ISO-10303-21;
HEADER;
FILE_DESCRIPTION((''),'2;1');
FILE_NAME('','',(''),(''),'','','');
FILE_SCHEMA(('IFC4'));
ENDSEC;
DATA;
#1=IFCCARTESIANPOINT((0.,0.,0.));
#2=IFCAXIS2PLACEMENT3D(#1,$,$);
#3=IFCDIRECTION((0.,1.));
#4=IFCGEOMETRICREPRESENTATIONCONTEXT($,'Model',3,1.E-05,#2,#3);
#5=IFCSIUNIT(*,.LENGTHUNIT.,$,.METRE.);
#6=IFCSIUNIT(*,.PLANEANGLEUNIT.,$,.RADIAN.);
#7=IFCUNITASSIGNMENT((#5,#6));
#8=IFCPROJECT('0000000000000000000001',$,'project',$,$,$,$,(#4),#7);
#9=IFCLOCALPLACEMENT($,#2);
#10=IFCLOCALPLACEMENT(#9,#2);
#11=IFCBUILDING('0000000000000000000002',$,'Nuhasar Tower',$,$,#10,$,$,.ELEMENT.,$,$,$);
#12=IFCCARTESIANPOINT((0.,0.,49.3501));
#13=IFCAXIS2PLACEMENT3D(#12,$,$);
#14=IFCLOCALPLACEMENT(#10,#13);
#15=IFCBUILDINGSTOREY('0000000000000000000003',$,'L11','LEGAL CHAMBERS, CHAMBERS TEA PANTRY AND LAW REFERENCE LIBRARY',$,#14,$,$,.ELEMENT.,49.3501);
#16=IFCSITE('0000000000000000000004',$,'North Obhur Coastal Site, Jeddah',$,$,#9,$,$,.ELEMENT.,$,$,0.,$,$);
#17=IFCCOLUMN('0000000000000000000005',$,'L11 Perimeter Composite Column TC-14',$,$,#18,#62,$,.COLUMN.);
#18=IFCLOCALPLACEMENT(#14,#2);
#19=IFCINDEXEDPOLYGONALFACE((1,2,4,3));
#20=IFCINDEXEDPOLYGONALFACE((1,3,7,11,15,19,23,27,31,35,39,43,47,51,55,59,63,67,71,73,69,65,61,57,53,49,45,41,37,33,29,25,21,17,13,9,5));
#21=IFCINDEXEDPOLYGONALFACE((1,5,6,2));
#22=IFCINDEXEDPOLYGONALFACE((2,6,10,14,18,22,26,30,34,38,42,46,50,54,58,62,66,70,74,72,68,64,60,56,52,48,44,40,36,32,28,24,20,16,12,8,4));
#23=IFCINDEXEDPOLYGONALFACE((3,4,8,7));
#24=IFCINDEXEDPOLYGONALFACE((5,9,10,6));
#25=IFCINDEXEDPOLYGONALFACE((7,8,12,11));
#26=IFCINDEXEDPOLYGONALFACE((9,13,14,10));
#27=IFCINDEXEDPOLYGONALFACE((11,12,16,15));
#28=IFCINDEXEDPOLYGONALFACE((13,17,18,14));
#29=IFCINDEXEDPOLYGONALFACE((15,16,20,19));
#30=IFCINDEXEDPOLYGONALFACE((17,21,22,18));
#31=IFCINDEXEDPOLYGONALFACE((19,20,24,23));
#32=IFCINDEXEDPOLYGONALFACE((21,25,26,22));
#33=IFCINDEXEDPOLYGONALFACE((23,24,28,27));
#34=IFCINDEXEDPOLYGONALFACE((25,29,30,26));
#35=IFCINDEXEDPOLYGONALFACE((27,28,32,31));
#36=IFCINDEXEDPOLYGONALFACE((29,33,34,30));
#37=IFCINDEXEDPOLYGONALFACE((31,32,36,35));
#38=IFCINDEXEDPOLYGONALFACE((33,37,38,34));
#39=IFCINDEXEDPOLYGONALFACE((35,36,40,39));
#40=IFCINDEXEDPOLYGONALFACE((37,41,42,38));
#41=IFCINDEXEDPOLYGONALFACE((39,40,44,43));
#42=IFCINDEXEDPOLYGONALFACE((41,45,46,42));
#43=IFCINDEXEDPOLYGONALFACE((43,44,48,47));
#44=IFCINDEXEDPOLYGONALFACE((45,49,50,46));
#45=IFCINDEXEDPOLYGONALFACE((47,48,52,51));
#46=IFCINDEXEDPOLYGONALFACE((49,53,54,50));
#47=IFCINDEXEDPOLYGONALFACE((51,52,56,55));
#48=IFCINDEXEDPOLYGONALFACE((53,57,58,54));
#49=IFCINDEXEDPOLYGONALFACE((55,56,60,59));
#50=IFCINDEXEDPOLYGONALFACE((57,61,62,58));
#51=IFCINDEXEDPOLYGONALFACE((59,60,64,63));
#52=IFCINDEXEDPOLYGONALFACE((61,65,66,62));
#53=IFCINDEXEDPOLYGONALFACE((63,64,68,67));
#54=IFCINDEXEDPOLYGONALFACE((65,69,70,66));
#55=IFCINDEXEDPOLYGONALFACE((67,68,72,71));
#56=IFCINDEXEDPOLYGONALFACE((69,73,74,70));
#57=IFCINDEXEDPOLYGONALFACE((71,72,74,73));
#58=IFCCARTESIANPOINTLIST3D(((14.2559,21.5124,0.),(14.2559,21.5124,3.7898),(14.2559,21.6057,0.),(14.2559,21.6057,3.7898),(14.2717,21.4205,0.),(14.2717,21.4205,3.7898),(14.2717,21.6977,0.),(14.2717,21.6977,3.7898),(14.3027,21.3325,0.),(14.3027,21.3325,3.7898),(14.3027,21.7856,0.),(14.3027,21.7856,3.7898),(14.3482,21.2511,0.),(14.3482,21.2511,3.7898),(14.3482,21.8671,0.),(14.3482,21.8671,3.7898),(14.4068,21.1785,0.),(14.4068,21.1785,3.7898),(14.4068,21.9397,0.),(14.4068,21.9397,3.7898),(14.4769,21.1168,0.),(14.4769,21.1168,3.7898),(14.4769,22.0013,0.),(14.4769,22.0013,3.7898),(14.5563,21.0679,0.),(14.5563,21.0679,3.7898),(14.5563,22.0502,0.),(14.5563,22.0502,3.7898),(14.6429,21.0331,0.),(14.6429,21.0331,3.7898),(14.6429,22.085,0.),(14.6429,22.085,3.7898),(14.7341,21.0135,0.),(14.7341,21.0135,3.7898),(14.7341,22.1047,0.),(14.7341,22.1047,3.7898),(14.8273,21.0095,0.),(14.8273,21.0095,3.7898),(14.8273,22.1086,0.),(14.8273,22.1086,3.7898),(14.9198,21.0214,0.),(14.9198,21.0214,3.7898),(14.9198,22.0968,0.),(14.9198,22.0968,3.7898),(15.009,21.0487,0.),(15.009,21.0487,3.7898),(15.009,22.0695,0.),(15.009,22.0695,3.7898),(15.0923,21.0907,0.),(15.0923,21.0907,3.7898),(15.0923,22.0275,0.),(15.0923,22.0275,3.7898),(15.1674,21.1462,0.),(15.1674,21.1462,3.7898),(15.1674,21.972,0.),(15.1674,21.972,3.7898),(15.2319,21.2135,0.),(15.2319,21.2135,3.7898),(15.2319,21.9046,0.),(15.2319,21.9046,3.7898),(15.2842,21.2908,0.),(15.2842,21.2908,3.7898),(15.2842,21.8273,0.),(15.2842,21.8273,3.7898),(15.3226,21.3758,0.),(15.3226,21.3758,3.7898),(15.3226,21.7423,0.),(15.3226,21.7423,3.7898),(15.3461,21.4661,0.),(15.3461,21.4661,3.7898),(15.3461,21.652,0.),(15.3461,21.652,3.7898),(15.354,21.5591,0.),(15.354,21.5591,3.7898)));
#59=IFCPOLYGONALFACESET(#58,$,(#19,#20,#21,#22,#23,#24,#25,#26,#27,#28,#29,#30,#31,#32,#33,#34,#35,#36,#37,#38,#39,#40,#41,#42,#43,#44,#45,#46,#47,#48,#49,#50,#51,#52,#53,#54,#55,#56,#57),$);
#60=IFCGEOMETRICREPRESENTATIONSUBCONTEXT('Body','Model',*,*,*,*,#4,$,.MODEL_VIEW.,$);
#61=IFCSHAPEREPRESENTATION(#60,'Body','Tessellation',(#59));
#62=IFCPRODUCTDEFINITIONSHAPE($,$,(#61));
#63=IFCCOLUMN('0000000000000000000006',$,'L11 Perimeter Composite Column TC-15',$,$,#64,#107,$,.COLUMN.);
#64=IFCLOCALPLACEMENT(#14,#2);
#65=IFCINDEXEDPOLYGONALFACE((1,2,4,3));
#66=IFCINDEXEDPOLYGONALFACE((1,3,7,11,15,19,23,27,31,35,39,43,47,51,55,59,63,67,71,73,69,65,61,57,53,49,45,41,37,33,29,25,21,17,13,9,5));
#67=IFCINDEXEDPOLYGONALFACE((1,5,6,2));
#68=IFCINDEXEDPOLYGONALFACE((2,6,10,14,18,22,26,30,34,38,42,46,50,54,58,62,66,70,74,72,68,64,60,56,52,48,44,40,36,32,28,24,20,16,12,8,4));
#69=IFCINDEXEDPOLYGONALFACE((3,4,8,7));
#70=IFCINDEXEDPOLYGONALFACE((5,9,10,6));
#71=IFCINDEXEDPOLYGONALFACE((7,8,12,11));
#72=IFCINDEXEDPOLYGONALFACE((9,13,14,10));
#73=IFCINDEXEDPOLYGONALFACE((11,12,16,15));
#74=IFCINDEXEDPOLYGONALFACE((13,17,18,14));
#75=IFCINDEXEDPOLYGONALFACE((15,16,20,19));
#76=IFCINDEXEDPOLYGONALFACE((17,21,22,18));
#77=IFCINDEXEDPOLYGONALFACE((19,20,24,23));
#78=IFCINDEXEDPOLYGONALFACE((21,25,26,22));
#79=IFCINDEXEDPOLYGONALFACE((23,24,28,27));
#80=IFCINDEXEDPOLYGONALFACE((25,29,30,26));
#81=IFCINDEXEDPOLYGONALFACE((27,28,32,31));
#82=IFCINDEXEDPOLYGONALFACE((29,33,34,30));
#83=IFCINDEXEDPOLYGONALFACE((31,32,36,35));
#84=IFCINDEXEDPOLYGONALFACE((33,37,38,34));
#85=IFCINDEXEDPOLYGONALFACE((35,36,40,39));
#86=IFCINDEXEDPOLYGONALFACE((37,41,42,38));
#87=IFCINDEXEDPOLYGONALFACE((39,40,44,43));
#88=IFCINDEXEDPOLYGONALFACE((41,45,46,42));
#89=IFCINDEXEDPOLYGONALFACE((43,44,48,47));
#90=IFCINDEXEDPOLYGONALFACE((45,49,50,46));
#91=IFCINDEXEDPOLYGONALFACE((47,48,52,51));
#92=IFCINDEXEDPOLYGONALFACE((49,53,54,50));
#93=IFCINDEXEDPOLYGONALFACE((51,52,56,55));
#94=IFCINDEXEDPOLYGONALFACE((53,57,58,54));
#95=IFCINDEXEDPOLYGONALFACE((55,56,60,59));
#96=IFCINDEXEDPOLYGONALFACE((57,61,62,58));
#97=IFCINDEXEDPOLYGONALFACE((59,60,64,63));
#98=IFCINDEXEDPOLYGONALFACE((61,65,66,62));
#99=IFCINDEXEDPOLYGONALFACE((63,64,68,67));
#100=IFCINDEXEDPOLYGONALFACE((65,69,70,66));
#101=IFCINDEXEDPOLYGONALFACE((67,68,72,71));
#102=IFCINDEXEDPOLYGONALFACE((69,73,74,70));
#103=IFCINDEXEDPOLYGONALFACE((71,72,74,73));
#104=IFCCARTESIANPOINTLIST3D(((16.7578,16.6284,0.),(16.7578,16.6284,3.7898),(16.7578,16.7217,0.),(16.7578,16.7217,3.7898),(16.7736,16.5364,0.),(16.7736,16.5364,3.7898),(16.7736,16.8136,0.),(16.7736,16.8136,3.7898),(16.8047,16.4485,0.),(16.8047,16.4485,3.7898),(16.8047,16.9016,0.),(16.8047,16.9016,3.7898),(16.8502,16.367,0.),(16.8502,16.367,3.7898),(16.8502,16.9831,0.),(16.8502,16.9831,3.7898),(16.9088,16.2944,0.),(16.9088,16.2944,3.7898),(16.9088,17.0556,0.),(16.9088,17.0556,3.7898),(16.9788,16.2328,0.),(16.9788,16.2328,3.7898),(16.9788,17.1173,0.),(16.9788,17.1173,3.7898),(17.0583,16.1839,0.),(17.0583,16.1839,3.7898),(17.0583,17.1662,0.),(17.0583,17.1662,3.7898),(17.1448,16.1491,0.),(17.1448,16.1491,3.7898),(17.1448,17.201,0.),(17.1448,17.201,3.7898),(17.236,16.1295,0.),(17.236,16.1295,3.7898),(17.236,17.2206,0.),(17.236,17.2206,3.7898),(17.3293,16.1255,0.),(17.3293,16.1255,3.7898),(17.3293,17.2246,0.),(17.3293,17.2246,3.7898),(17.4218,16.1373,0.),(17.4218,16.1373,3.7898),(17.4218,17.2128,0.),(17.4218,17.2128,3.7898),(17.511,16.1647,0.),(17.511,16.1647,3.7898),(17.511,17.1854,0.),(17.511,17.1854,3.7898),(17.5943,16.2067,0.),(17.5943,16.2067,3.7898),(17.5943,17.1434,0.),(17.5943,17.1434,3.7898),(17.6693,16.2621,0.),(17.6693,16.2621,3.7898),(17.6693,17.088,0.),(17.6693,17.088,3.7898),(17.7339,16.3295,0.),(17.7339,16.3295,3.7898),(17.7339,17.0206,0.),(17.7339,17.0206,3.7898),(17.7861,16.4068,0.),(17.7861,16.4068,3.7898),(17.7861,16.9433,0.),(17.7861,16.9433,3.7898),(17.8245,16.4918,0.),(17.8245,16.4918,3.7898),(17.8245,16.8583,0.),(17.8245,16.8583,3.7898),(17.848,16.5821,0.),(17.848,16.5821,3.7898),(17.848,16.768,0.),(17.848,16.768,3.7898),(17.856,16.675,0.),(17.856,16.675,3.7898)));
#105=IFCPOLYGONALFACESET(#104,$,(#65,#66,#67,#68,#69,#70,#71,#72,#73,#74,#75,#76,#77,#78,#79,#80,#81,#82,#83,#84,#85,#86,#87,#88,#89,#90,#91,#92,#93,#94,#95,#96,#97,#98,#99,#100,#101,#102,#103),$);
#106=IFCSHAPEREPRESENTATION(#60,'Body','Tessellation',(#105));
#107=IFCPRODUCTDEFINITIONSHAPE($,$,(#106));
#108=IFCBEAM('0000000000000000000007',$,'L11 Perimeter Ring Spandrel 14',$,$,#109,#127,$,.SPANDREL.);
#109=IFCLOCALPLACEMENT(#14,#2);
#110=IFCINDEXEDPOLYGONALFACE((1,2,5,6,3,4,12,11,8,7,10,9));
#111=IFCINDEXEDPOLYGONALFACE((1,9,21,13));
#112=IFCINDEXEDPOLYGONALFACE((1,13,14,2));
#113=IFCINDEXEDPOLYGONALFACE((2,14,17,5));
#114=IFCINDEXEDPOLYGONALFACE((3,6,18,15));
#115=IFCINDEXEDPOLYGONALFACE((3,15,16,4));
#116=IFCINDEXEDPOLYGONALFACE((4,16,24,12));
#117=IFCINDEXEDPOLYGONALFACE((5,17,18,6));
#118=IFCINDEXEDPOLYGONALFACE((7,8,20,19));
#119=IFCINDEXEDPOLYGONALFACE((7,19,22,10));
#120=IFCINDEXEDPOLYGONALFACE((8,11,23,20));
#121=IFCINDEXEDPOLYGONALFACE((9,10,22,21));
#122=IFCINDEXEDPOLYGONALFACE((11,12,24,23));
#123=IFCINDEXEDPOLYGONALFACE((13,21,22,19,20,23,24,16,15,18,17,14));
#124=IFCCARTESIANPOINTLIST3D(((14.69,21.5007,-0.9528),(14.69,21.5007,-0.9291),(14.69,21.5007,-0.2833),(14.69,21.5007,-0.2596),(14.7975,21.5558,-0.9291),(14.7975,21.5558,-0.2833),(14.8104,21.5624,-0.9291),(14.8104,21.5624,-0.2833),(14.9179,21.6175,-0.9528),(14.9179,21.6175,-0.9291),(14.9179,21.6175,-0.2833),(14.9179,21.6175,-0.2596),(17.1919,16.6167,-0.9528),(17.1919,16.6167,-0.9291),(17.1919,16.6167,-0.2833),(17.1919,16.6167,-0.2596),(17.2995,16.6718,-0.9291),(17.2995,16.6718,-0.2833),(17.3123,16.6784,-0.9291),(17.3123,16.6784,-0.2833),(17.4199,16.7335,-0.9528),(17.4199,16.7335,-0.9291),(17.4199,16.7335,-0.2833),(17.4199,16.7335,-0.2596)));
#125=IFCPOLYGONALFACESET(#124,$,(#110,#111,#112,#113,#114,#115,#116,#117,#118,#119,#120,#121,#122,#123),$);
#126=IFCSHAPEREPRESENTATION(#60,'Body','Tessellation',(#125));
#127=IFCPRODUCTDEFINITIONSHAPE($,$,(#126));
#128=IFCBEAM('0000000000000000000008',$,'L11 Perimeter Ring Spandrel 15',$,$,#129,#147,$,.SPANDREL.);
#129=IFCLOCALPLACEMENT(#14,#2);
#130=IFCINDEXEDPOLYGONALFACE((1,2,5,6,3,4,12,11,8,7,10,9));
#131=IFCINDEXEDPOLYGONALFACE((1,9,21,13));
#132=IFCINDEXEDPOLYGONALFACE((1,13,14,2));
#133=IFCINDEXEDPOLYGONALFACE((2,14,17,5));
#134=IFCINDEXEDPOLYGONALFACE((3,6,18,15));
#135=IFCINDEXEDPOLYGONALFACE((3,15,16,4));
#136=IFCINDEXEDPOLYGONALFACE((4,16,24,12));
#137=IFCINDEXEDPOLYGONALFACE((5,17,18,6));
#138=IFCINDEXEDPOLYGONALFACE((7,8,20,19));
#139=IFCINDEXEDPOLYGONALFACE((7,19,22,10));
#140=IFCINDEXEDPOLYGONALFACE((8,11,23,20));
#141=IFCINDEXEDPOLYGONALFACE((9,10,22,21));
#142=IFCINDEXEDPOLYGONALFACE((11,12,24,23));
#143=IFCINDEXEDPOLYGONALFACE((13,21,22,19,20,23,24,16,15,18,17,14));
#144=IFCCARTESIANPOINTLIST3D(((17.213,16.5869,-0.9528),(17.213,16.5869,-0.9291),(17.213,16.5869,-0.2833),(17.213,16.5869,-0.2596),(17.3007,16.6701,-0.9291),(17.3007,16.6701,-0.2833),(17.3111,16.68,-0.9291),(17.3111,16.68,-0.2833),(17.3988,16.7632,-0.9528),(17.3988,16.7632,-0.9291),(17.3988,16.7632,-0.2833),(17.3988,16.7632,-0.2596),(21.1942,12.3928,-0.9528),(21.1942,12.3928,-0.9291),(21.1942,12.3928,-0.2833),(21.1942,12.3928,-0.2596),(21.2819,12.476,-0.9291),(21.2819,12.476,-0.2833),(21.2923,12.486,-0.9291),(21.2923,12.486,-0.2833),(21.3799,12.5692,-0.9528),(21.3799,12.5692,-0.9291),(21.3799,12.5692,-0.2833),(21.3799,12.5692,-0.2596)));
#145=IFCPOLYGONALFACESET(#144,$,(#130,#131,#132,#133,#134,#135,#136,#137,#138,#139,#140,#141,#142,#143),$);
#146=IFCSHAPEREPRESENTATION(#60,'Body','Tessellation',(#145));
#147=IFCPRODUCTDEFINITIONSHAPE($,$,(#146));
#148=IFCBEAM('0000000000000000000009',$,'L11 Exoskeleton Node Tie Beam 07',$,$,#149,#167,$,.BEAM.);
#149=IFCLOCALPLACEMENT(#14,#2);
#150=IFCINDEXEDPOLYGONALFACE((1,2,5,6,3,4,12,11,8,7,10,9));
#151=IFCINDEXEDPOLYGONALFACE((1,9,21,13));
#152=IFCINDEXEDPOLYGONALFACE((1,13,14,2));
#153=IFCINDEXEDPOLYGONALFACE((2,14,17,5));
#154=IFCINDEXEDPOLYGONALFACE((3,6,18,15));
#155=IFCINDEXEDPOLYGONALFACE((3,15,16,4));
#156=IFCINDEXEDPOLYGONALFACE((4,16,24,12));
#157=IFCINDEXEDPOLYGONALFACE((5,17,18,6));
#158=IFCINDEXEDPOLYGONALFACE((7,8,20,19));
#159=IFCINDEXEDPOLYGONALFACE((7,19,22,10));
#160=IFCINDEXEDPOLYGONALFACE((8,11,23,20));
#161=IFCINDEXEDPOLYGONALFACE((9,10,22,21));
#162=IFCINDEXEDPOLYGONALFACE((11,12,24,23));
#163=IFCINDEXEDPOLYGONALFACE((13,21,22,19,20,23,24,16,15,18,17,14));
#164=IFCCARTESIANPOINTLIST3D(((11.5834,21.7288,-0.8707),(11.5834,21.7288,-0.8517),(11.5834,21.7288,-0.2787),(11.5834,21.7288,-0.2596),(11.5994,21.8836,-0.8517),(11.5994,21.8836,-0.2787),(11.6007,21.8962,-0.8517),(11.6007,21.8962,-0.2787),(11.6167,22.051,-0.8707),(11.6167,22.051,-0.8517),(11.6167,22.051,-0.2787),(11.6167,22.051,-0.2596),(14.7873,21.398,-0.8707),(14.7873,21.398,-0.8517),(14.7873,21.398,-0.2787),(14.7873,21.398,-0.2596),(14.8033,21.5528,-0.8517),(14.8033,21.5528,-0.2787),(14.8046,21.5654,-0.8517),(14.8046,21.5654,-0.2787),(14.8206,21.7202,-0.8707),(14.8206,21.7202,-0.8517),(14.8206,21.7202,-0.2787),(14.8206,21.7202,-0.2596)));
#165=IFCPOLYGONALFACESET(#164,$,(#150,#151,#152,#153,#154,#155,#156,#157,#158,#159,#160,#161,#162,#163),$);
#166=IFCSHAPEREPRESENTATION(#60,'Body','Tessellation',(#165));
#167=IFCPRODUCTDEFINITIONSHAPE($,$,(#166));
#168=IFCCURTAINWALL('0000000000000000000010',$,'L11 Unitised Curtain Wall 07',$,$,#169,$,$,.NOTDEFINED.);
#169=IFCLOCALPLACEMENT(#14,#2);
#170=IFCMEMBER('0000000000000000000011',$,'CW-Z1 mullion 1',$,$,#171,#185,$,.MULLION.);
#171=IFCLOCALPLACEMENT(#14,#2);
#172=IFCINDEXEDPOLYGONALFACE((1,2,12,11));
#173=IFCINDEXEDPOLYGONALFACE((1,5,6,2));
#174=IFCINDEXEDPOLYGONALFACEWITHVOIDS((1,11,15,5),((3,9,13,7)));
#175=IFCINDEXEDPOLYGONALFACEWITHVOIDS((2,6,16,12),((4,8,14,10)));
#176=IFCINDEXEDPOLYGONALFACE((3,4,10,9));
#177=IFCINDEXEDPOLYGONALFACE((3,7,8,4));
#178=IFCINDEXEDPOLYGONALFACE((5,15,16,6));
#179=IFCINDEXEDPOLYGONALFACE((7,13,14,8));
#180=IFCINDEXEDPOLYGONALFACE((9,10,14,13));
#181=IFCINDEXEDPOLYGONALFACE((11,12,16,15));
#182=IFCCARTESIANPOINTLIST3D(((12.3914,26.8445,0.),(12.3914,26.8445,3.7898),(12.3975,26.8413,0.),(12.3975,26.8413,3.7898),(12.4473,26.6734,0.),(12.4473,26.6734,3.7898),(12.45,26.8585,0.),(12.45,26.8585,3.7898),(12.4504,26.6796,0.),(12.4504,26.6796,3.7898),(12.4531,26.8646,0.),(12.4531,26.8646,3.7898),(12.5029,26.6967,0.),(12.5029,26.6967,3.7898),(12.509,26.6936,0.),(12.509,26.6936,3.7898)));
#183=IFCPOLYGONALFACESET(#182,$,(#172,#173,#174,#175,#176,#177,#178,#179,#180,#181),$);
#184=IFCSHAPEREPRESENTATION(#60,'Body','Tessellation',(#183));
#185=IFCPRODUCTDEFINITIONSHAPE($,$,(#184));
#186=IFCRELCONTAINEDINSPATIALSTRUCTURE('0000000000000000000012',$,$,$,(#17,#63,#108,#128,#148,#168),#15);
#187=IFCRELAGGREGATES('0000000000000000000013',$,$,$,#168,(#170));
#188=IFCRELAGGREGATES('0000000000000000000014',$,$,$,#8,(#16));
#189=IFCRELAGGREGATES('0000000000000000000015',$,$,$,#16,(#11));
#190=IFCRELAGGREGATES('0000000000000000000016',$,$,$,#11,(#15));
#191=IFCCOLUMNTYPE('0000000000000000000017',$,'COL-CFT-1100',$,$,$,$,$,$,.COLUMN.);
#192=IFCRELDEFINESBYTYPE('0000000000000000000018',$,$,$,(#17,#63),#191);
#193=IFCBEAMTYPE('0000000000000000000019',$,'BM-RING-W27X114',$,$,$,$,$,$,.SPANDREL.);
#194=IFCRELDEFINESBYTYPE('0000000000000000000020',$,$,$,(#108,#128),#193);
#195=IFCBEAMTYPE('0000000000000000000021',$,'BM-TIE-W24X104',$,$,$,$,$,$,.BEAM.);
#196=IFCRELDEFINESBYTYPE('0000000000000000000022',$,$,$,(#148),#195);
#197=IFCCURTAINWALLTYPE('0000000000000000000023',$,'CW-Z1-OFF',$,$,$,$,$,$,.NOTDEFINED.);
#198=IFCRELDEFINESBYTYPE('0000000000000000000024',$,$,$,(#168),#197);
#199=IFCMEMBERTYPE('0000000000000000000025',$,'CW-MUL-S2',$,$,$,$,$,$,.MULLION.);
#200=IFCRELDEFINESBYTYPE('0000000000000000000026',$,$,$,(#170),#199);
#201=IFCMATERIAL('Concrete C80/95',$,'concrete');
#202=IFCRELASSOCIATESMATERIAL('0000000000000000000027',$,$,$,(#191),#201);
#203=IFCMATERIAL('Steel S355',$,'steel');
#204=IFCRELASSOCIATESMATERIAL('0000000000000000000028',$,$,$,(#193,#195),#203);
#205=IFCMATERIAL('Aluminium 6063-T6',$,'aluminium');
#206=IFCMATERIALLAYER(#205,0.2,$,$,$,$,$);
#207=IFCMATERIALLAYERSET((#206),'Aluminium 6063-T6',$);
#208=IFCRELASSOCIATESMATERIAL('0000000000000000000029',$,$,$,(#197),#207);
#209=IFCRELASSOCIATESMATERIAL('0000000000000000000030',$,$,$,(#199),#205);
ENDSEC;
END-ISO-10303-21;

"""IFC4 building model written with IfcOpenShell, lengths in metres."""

from ifc_helpers import new_model, si_unit, direction, frame, origin, origin_2d, place, context, subcontext, project, spatial, hollow_rectangle, circle, i_section, extrude, material, layer, layer_set, material_profile, profile_set, type_object, element, aggregate, save


model = new_model("IFC4")

# Units and contexts
model_context = context("Model", 3, precision=1e-05, world=origin(), true_north=direction((0.0, 1.0)))
body_context = subcontext(model_context, "Body", "Model", "MODEL_VIEW")
ifc_project = project(units=[si_unit("LENGTHUNIT", "METRE"), si_unit("PLANEANGLEUNIT", "RADIAN")], contexts=[model_context])

# Site, building, storey
site_placement = place(None, origin())
site = spatial("IfcSite", under=ifc_project, at=site_placement, Name="North Obhur Coastal Site, Jeddah", CompositionType="ELEMENT", RefElevation=0.0)
building_placement = place(site_placement, origin())
building = spatial("IfcBuilding", under=site, at=building_placement, Name="Nuhasar Tower", CompositionType="ELEMENT")
storey_placement = place(building_placement, frame((0.0, 0.0, 49.3501)))
storey = spatial("IfcBuildingStorey", under=building, at=storey_placement, Name="L11", Description="LEGAL CHAMBERS, CHAMBERS TEA PANTRY AND LAW REFERENCE LIBRARY", CompositionType="ELEMENT", Elevation=49.3501)

# Columns
ifc_material_1 = material(Name="Concrete C80/95", Category="concrete")
ifc_material_profile_1 = material_profile(ifc_material_1, circle(Radius=0.55, at=origin_2d()), Name="CFT1100")
ifc_profile_set_1 = profile_set([ifc_material_profile_1], Name="Concrete C80/95")
column_type = type_object("IfcColumnType", Name="COL-CFT-1100", PredefinedType="COLUMN", material=ifc_profile_set_1)
for number, where, z_axis, x_axis, name in (
    (1, (14.804, 21.5591, 0.0), (0.0, 0.0, 1.0), (1.0, 0.0, 0.0), "L11 Perimeter Composite Column TC-14"),
    (2, (17.3059, 16.675, 0.0), (0.0, 0.0, 1.0), (1.0, 0.0, 0.0), "L11 Perimeter Composite Column TC-15"),
):
    element("IfcColumn", number, at=place(storey_placement, frame(where, z_axis=z_axis, x_axis=x_axis)), inside=storey, type_object=column_type, Name=name, PredefinedType="COLUMN", context=body_context, shape_type="SweptSolid", body=[
        extrude(circle(Radius=0.55, at=origin_2d()), origin(), (0.0, 0.0, 1.0), 3.7898),
    ])

# Beams
ifc_material_2 = material(Name="Steel S355", Category="steel")
ifc_material_profile_2 = material_profile(ifc_material_2, i_section(OverallWidth=0.2561, OverallDepth=0.6931, WebThickness=0.0144, FlangeThickness=0.0237, at=origin_2d()), Name="W27X114")
ifc_profile_set_2 = profile_set([ifc_material_profile_2], Name="Steel S355")
beam_type_1 = type_object("IfcBeamType", Name="BM-RING-W27X114", PredefinedType="SPANDREL", material=ifc_profile_set_2)
beam_1_placement = place(storey_placement, frame((14.804, 21.5591, -0.6062), z_axis=(0.45593, -0.890016, 0.0), x_axis=(0.890016, 0.45593, 0.0)))
element("IfcBeam", 3, at=beam_1_placement, inside=storey, type_object=beam_type_1, Name="L11 Perimeter Ring Spandrel 14", PredefinedType="SPANDREL", context=body_context, shape_type="SweptSolid", body=[
    extrude(i_section(OverallWidth=0.2561, OverallDepth=0.6931, WebThickness=0.0144, FlangeThickness=0.0237, at=origin_2d()), origin(), (0.0, 0.0, 1.0), 5.4875),
])
beam_2_placement = place(storey_placement, frame((17.3059, 16.675, -0.6062), z_axis=(0.68846, -0.725274, 0.0), x_axis=(0.725274, 0.68846, 0.0)))
element("IfcBeam", 4, at=beam_2_placement, inside=storey, type_object=beam_type_1, Name="L11 Perimeter Ring Spandrel 15", PredefinedType="SPANDREL", context=body_context, shape_type="SweptSolid", body=[
    extrude(i_section(OverallWidth=0.2561, OverallDepth=0.6931, WebThickness=0.0144, FlangeThickness=0.0237, at=origin_2d()), origin(), (0.0, 0.0, 1.0), 5.7827),
])
ifc_material_profile_3 = material_profile(ifc_material_2, i_section(OverallWidth=0.324, OverallDepth=0.6111, WebThickness=0.0127, FlangeThickness=0.019, at=origin_2d()), Name="W24X104")
ifc_profile_set_3 = profile_set([ifc_material_profile_3], Name="Steel S355")
beam_type_2 = type_object("IfcBeamType", Name="BM-TIE-W24X104", PredefinedType="BEAM", material=ifc_profile_set_3)
beam_3_placement = place(storey_placement, frame((14.804, 21.5591, -0.5652), z_axis=(-0.994712, 0.102708, 0.0), x_axis=(-0.102708, -0.994712, 0.0)))
element("IfcBeam", 5, at=beam_3_placement, inside=storey, type_object=beam_type_2, Name="L11 Exoskeleton Node Tie Beam 07", PredefinedType="BEAM", context=body_context, shape_type="SweptSolid", body=[
    extrude(i_section(OverallWidth=0.324, OverallDepth=0.6111, WebThickness=0.0127, FlangeThickness=0.019, at=origin_2d()), origin(), (0.0, 0.0, 1.0), 3.2209),
])

# Curtain wall, member
ifc_material_3 = material(Name="Aluminium 6063-T6", Category="aluminium")
ifc_layer_1 = layer(ifc_material_3, 0.2)
ifc_layer_set_1 = layer_set([ifc_layer_1], Name="Aluminium 6063-T6")
curtain_wall_type = type_object("IfcCurtainWallType", Name="CW-Z1-OFF", PredefinedType="NOTDEFINED", material=ifc_layer_set_1)
curtain_wall_1_placement = place(storey_placement, origin())
curtain_wall_1 = element("IfcCurtainWall", 6, at=curtain_wall_1_placement, inside=storey, type_object=curtain_wall_type, Name="L11 Unitised Curtain Wall 07", PredefinedType="NOTDEFINED")
ifc_material_profile_4 = material_profile(ifc_material_3, hollow_rectangle(XDim=0.0649, YDim=0.1799, WallThickness=0.0049, at=origin_2d()), Name="CWM-2")
ifc_profile_set_4 = profile_set([ifc_material_profile_4], Name="Aluminium 6063-T6")
member_type_1 = type_object("IfcMemberType", Name="CW-MUL-S2", PredefinedType="MULLION", material=ifc_profile_set_4)
member_1_placement = place(storey_placement, frame((12.4502, 26.769, 0.0), z_axis=(0.0, 0.0, 1.0), x_axis=(0.950468, 0.310824, 0.0)))
member_1 = element("IfcMember", 7, at=member_1_placement, type_object=member_type_1, Name="CW-Z1 mullion 1", PredefinedType="MULLION", context=body_context, shape_type="SweptSolid", body=[
    extrude(hollow_rectangle(XDim=0.0649, YDim=0.1799, WallThickness=0.0049, at=origin_2d()), origin(), (0.0, 0.0, 1.0), 3.7898),
])

aggregate(curtain_wall_1, [member_1])

save(model, "model.ifc")
